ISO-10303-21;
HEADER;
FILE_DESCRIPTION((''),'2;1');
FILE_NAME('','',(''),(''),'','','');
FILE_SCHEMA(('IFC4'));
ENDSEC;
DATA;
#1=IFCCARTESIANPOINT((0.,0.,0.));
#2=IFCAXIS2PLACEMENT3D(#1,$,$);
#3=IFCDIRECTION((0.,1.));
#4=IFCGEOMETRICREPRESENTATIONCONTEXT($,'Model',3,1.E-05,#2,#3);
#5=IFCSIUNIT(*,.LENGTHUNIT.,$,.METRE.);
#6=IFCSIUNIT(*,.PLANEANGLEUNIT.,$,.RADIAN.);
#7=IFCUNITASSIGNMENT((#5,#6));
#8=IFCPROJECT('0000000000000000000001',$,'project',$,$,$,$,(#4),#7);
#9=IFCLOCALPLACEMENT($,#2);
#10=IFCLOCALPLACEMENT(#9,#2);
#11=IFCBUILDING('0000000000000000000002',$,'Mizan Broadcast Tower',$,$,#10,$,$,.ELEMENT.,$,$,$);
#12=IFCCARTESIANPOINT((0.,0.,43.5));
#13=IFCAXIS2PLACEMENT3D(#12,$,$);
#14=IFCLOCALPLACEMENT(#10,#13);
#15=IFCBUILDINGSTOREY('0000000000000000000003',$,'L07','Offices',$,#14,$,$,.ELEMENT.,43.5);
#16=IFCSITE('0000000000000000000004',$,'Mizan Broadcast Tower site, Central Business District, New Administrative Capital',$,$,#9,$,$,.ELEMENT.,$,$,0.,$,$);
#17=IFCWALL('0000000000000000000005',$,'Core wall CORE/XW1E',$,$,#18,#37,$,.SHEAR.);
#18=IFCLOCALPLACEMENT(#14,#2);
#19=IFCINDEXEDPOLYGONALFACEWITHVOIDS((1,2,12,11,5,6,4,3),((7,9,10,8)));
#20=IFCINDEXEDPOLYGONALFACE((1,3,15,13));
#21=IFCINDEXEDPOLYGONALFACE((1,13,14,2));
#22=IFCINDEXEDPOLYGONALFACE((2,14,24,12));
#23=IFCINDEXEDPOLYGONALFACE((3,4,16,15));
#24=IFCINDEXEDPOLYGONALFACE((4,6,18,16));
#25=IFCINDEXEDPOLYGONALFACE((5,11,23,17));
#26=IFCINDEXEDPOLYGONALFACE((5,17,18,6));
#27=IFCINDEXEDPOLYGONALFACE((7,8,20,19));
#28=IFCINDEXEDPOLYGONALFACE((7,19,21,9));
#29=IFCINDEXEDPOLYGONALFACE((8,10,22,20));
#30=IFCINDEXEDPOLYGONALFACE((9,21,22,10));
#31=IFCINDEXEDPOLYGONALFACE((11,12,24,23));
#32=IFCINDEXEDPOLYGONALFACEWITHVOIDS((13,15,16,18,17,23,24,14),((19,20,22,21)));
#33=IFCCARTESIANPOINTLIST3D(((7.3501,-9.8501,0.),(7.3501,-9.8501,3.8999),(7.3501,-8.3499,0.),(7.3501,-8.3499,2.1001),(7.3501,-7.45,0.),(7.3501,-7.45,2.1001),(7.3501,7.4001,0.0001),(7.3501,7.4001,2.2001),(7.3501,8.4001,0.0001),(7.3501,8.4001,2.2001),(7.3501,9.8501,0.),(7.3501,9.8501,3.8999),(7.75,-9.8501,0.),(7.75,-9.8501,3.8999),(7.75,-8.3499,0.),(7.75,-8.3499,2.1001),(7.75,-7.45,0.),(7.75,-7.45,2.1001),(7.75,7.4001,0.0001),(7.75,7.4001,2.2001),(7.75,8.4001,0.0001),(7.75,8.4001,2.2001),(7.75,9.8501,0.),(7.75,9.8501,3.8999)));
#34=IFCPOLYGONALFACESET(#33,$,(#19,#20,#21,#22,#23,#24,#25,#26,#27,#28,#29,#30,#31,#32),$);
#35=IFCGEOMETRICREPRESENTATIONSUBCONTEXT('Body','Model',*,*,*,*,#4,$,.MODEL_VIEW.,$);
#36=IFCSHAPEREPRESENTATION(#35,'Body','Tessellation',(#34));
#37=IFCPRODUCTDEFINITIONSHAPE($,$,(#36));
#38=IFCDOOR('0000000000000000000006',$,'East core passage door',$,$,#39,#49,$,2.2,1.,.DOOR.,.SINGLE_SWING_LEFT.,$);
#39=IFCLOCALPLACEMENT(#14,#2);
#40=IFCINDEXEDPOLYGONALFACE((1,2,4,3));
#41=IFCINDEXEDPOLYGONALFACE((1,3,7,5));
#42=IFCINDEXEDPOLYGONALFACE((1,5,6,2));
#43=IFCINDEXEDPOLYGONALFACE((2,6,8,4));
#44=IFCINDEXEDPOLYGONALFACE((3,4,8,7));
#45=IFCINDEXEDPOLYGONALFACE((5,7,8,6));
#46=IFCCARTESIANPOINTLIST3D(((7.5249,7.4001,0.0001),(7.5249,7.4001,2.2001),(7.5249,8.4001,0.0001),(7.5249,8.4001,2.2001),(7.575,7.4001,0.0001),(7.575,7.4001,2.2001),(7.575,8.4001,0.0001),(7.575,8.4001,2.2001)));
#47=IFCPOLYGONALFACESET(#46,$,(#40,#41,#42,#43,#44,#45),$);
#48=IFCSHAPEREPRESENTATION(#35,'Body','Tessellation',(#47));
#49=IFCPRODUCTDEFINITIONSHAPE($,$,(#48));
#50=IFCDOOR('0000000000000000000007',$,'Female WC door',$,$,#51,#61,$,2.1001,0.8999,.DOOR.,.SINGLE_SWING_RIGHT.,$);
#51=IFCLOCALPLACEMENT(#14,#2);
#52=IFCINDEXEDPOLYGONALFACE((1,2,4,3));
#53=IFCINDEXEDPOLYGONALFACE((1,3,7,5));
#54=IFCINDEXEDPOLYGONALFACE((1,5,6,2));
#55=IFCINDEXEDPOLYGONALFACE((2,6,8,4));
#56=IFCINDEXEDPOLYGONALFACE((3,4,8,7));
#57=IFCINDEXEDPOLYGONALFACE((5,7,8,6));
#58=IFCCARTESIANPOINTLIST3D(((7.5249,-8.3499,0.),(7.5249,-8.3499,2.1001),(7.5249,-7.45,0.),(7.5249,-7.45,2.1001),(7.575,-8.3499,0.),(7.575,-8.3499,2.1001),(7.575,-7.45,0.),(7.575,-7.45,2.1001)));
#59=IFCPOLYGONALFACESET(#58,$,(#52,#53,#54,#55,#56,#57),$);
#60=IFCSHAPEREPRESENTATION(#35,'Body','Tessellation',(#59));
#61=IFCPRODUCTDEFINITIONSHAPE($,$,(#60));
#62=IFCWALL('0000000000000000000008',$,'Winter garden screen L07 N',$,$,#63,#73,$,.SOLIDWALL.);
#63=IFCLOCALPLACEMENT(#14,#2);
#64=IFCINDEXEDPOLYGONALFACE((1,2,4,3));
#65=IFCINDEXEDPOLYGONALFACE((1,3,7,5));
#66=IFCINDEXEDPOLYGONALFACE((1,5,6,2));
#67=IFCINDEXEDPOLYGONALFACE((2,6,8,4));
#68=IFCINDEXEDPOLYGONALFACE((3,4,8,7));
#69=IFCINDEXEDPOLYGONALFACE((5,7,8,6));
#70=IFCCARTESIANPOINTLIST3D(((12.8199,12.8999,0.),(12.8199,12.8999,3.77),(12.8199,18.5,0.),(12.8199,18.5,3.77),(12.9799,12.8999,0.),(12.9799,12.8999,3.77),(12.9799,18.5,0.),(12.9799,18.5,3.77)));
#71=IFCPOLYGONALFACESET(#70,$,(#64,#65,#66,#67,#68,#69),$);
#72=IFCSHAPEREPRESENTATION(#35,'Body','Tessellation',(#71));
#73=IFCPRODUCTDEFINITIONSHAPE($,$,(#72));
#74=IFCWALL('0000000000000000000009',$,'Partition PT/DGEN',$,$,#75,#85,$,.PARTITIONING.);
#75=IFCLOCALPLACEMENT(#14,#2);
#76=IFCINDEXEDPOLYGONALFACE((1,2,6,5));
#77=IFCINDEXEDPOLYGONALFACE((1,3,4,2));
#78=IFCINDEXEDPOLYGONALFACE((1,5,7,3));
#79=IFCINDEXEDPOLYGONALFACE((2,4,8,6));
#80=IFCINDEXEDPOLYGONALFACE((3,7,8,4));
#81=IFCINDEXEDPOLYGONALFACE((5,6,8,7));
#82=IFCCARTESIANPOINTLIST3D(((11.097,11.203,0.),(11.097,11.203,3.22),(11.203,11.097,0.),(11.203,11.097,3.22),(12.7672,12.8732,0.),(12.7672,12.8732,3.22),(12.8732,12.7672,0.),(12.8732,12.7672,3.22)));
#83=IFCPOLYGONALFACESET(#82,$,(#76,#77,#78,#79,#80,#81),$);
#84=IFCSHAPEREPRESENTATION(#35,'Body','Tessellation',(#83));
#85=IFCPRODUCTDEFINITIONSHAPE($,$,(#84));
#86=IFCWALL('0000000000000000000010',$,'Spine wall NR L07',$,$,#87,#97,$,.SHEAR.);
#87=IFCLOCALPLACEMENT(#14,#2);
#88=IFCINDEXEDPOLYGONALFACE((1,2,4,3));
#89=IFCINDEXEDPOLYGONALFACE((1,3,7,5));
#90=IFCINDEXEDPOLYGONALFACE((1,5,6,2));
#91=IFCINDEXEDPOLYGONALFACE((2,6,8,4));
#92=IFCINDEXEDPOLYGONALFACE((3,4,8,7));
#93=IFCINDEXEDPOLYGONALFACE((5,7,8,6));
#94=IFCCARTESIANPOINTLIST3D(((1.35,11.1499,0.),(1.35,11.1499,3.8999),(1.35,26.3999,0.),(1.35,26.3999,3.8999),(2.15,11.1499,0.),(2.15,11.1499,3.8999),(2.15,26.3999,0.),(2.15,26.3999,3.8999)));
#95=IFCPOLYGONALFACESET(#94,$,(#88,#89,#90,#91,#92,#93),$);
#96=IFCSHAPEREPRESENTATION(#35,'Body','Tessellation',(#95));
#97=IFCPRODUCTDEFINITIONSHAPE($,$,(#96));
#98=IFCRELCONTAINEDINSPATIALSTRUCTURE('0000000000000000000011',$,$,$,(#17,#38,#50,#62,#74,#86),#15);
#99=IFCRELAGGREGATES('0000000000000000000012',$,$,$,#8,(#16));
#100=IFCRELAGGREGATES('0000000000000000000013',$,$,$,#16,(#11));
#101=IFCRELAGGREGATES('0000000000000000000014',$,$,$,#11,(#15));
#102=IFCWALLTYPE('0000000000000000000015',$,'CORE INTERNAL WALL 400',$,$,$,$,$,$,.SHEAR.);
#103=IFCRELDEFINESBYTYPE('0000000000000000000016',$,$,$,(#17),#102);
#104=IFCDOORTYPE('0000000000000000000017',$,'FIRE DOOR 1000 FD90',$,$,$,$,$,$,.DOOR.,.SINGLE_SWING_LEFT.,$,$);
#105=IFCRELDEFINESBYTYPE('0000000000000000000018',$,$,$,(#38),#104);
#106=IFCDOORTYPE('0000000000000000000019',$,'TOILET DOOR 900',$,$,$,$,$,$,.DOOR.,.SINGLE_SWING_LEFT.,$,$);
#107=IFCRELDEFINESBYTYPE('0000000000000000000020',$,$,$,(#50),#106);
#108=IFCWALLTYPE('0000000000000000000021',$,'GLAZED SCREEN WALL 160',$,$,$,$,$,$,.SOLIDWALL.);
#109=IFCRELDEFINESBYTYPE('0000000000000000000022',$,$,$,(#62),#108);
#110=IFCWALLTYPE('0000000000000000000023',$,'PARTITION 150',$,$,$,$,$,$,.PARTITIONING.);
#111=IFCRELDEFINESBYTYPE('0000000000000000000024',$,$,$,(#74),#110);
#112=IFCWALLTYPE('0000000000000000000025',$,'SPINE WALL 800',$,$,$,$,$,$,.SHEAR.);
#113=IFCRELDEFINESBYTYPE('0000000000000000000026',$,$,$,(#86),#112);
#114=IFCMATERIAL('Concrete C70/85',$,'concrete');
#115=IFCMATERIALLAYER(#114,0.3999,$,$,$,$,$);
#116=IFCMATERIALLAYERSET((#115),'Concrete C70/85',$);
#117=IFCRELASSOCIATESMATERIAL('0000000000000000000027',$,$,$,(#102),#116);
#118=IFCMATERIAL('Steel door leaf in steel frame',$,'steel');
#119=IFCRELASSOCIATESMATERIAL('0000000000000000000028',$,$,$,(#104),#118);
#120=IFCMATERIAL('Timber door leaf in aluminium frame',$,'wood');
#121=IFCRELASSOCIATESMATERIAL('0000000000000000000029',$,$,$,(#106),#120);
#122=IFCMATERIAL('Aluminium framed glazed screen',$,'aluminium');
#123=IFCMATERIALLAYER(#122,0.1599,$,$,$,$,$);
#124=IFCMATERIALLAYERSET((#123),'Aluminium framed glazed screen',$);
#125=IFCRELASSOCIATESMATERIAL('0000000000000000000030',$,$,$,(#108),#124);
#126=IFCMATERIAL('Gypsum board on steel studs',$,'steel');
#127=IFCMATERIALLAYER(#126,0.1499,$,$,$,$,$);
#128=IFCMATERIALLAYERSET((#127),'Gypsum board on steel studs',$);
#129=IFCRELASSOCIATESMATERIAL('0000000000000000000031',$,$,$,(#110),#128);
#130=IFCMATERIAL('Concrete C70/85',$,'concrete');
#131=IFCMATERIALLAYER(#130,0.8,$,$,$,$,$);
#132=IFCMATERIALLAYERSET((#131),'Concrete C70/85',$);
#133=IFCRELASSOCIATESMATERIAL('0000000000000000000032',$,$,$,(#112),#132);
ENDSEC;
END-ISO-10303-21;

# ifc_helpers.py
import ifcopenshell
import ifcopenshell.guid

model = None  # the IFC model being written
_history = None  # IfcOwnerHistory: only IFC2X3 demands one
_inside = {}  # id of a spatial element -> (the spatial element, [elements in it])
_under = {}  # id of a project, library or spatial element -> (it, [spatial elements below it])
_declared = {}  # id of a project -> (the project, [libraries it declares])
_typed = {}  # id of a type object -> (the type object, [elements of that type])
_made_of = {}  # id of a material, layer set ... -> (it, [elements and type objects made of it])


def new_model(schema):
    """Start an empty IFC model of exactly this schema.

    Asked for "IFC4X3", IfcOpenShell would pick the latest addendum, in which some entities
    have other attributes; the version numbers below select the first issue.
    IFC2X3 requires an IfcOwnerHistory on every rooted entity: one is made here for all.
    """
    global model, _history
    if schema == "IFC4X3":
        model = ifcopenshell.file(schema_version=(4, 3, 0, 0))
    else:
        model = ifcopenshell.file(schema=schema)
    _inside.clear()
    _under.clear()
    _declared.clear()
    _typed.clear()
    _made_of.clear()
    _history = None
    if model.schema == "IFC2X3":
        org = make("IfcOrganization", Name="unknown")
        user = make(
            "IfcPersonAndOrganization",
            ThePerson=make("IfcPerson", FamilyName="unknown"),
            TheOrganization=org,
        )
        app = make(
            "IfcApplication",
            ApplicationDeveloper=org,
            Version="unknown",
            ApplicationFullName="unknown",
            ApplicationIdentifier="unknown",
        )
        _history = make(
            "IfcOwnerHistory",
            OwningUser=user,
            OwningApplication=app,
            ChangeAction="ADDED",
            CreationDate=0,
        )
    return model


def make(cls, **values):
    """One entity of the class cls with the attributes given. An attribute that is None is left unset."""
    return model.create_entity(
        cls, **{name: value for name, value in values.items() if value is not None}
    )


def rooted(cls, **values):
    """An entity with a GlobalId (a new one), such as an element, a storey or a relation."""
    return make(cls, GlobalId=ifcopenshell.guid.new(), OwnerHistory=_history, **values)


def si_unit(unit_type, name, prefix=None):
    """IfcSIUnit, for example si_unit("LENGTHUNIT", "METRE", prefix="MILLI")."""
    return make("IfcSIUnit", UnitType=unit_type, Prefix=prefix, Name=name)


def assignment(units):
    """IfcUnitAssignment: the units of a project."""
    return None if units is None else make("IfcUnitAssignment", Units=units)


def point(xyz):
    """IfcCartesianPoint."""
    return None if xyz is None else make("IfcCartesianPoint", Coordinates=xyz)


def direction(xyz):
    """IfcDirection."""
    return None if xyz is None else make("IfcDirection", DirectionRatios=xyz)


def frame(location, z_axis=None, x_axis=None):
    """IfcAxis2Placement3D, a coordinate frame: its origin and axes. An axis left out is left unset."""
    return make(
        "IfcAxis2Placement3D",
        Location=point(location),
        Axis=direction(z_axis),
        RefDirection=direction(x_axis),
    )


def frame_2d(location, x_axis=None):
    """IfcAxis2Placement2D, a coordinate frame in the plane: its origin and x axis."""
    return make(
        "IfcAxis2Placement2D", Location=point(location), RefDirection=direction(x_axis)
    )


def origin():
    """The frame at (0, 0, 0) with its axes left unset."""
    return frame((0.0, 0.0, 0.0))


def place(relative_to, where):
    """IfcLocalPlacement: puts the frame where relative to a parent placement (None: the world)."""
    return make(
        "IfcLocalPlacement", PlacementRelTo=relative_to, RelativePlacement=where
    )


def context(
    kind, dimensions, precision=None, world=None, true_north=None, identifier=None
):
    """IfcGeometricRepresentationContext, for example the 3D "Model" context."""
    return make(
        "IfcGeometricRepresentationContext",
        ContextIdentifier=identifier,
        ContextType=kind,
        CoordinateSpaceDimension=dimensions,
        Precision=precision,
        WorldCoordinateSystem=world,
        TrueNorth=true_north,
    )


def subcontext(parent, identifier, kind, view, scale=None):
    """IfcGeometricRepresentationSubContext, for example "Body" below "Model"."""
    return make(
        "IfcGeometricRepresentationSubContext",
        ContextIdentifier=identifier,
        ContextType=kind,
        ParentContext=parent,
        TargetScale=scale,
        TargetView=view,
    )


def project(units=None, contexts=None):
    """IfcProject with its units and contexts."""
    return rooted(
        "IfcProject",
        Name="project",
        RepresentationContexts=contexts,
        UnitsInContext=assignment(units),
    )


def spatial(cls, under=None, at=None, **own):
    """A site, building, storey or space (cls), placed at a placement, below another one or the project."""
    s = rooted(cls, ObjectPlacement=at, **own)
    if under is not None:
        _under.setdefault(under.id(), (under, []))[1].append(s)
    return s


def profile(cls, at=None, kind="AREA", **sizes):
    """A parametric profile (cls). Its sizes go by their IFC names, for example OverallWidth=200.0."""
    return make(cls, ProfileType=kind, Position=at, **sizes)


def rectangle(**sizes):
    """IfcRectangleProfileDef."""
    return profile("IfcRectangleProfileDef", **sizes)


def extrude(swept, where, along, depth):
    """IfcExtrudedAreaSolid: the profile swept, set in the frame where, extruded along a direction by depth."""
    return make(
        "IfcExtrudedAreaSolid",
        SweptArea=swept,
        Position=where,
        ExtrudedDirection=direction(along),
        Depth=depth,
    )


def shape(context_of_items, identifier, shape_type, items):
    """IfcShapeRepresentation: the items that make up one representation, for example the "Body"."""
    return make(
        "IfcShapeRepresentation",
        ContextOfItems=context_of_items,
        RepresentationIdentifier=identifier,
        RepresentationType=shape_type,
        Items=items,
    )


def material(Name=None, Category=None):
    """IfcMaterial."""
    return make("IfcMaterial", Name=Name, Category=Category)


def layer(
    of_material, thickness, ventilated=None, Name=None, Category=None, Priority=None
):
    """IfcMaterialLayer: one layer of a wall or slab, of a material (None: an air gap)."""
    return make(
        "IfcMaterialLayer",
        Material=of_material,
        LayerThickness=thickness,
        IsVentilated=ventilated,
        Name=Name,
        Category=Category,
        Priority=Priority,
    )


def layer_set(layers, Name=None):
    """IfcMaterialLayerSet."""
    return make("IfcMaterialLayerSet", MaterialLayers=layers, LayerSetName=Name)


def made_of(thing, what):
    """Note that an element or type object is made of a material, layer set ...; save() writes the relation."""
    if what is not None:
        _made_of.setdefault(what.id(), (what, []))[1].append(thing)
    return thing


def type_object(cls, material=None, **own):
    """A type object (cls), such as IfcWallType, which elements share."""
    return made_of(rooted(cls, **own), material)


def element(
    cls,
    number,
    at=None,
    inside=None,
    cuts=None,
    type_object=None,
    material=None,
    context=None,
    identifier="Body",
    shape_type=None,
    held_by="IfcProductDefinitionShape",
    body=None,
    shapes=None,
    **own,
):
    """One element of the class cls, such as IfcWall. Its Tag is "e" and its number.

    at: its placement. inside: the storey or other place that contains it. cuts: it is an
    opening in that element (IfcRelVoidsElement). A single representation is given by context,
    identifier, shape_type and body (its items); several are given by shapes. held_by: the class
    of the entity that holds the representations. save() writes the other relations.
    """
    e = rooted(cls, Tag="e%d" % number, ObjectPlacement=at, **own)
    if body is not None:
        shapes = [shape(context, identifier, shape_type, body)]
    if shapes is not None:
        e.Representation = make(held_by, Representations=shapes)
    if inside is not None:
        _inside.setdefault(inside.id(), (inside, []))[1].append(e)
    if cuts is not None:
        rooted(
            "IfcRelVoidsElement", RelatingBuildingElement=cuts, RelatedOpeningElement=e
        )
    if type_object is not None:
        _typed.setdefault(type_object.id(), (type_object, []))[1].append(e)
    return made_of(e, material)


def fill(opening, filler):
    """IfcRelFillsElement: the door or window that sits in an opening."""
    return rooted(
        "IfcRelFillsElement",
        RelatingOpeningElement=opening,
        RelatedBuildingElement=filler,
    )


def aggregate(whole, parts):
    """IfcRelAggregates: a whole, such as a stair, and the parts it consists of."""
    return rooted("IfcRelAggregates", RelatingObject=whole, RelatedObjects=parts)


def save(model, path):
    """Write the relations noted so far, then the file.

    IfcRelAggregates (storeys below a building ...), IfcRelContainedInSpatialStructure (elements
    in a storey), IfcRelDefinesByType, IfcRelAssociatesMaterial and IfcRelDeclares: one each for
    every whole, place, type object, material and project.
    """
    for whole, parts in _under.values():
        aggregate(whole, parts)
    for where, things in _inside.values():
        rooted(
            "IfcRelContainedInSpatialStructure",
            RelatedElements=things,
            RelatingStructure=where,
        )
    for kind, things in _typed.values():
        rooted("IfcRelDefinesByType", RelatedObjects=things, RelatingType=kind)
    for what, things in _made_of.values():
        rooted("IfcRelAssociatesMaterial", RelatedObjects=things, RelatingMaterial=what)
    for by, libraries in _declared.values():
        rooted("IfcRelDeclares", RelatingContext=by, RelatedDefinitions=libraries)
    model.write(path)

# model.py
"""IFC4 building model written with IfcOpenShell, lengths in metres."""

from ifc_helpers import new_model, si_unit, direction, frame, frame_2d, origin, place, context, subcontext, project, spatial, rectangle, extrude, material, layer, layer_set, type_object, element, fill, save


model = new_model("IFC4")

# Units and contexts
model_context = context("Model", 3, precision=1e-05, world=origin(), true_north=direction((0.0, 1.0)))
body_context = subcontext(model_context, "Body", "Model", "MODEL_VIEW")
ifc_project = project(units=[si_unit("LENGTHUNIT", "METRE"), si_unit("PLANEANGLEUNIT", "RADIAN")], contexts=[model_context])

# Site, building, storey
site_placement = place(None, origin())
site = spatial("IfcSite", under=ifc_project, at=site_placement, Name="Mizan Broadcast Tower site, Central Business District, New Administrative Capital", CompositionType="ELEMENT", RefElevation=0.0)
building_placement = place(site_placement, origin())
building = spatial("IfcBuilding", under=site, at=building_placement, Name="Mizan Broadcast Tower", CompositionType="ELEMENT")
storey_placement = place(building_placement, frame((0.0, 0.0, 43.5)))
storey = spatial("IfcBuildingStorey", under=building, at=storey_placement, Name="L07", Description="Offices", CompositionType="ELEMENT", Elevation=43.5)

# Wall, openings, doors
ifc_material_1 = material(Name="Concrete C70/85", Category="concrete")
ifc_layer_1 = layer(ifc_material_1, 0.3999)
ifc_layer_set_1 = layer_set([ifc_layer_1], Name="Concrete C70/85")
wall_type_1 = type_object("IfcWallType", Name="CORE INTERNAL WALL 400", PredefinedType="SHEAR", material=ifc_layer_set_1)
wall_1_placement = place(storey_placement, frame((7.55, 9.8501, 0.0), z_axis=(0.0, 0.0, 1.0), x_axis=(0.0, -1.0, 0.0)))
wall_1 = element("IfcWall", 1, at=wall_1_placement, inside=storey, type_object=wall_type_1, Name="Core wall CORE/XW1E", PredefinedType="SHEAR", context=body_context, shape_type="SweptSolid", body=[
    extrude(rectangle(XDim=19.7002, YDim=0.3999, at=frame_2d((9.8501, 0.0))), origin(), (0.0, 0.0, 1.0), 3.8999),
])
opening_1_placement = place(wall_1_placement, frame((1.45, 0.0, 0.0)))
opening_1 = element("IfcOpeningElement", 2, at=opening_1_placement, cuts=wall_1, PredefinedType="OPENING", context=body_context, shape_type="SweptSolid", body=[
    extrude(rectangle(XDim=1.0, YDim=2.2, at=frame_2d((0.5, 1.1001))), frame((0.0, 0.21, 0.0), z_axis=(0.0, -1.0, 0.0), x_axis=(1.0, 0.0, 0.0)), (0.0, 0.0, 1.0), 0.4199),
])
opening_2_placement = place(wall_1_placement, frame((17.3, 0.0, 0.0)))
opening_2 = element("IfcOpeningElement", 3, at=opening_2_placement, cuts=wall_1, PredefinedType="OPENING", context=body_context, shape_type="SweptSolid", body=[
    extrude(rectangle(XDim=0.8999, YDim=2.1001, at=frame_2d((0.45, 1.05))), frame((0.0, 0.21, 0.0), z_axis=(0.0, -1.0, 0.0), x_axis=(1.0, 0.0, 0.0)), (0.0, 0.0, 1.0), 0.4199),
])
ifc_material_2 = material(Name="Steel door leaf in steel frame", Category="steel")
door_type_1 = type_object("IfcDoorType", Name="FIRE DOOR 1000 FD90", OperationType="SINGLE_SWING_LEFT", PredefinedType="DOOR", material=ifc_material_2)
door_1_placement = place(opening_1_placement, origin())
door_1 = element("IfcDoor", 4, at=door_1_placement, inside=storey, type_object=door_type_1, Name="East core passage door", OperationType="SINGLE_SWING_LEFT", OverallHeight=2.2, OverallWidth=1.0, PredefinedType="DOOR", context=body_context, shape_type="SweptSolid", body=[
    extrude(rectangle(XDim=1.0, YDim=2.2, at=frame_2d((0.5, 1.1001))), frame((0.0, 0.0249, 0.0), z_axis=(0.0, -1.0, 0.0), x_axis=(1.0, 0.0, 0.0)), (0.0, 0.0, 1.0), 0.05),
])
fill(opening_1, door_1)
ifc_material_3 = material(Name="Timber door leaf in aluminium frame", Category="wood")
door_type_2 = type_object("IfcDoorType", Name="TOILET DOOR 900", OperationType="SINGLE_SWING_LEFT", PredefinedType="DOOR", material=ifc_material_3)
door_2_placement = place(opening_2_placement, origin())
door_2 = element("IfcDoor", 5, at=door_2_placement, inside=storey, type_object=door_type_2, Name="Female WC door", OperationType="SINGLE_SWING_RIGHT", OverallHeight=2.1001, OverallWidth=0.8999, PredefinedType="DOOR", context=body_context, shape_type="SweptSolid", body=[
    extrude(rectangle(XDim=0.8999, YDim=2.1001, at=frame_2d((0.45, 1.05))), frame((0.0, 0.0249, 0.0), z_axis=(0.0, -1.0, 0.0), x_axis=(1.0, 0.0, 0.0)), (0.0, 0.0, 1.0), 0.05),
])
fill(opening_2, door_2)

# Walls
ifc_material_4 = material(Name="Aluminium framed glazed screen", Category="aluminium")
ifc_layer_2 = layer(ifc_material_4, 0.1599)
ifc_layer_set_2 = layer_set([ifc_layer_2], Name="Aluminium framed glazed screen")
wall_type_2 = type_object("IfcWallType", Name="GLAZED SCREEN WALL 160", PredefinedType="SOLIDWALL", material=ifc_layer_set_2)
wall_2_placement = place(storey_placement, frame((12.8999, 12.8999, 0.0), z_axis=(0.0, 0.0, 1.0), x_axis=(0.0, 1.0, 0.0)))
element("IfcWall", 6, at=wall_2_placement, inside=storey, type_object=wall_type_2, Name="Winter garden screen L07 N", PredefinedType="SOLIDWALL", context=body_context, shape_type="SweptSolid", body=[
    extrude(rectangle(XDim=5.6001, YDim=0.1599, at=frame_2d((2.8, 0.0))), origin(), (0.0, 0.0, 1.0), 3.77),
])
ifc_material_5 = material(Name="Gypsum board on steel studs", Category="steel")
ifc_layer_3 = layer(ifc_material_5, 0.1499)
ifc_layer_set_3 = layer_set([ifc_layer_3], Name="Gypsum board on steel studs")
wall_type_3 = type_object("IfcWallType", Name="PARTITION 150", PredefinedType="PARTITIONING", material=ifc_layer_set_3)
wall_3_placement = place(storey_placement, frame((11.1499, 11.1499, 0.0), z_axis=(0.0, 0.0, 1.0), x_axis=(0.707107, 0.707107, 0.0)))
element("IfcWall", 7, at=wall_3_placement, inside=storey, type_object=wall_type_3, Name="Partition PT/DGEN", PredefinedType="PARTITIONING", context=body_context, shape_type="SweptSolid", body=[
    extrude(rectangle(XDim=2.3621, YDim=0.1499, at=frame_2d((1.1812, 0.0))), origin(), (0.0, 0.0, 1.0), 3.22),
])
ifc_material_6 = material(Name="Concrete C70/85", Category="concrete")
ifc_layer_4 = layer(ifc_material_6, 0.8)
ifc_layer_set_4 = layer_set([ifc_layer_4], Name="Concrete C70/85")
wall_type_4 = type_object("IfcWallType", Name="SPINE WALL 800", PredefinedType="SHEAR", material=ifc_layer_set_4)
wall_4_placement = place(storey_placement, frame((1.75, 11.1499, 0.0), z_axis=(0.0, 0.0, 1.0), x_axis=(0.0, 1.0, 0.0)))
element("IfcWall", 8, at=wall_4_placement, inside=storey, type_object=wall_type_4, Name="Spine wall NR L07", PredefinedType="SHEAR", context=body_context, shape_type="SweptSolid", body=[
    extrude(rectangle(XDim=15.25, YDim=0.8, at=frame_2d((7.625, 0.0))), origin(), (0.0, 0.0, 1.0), 3.8999),
])

save(model, "model.ifc")
